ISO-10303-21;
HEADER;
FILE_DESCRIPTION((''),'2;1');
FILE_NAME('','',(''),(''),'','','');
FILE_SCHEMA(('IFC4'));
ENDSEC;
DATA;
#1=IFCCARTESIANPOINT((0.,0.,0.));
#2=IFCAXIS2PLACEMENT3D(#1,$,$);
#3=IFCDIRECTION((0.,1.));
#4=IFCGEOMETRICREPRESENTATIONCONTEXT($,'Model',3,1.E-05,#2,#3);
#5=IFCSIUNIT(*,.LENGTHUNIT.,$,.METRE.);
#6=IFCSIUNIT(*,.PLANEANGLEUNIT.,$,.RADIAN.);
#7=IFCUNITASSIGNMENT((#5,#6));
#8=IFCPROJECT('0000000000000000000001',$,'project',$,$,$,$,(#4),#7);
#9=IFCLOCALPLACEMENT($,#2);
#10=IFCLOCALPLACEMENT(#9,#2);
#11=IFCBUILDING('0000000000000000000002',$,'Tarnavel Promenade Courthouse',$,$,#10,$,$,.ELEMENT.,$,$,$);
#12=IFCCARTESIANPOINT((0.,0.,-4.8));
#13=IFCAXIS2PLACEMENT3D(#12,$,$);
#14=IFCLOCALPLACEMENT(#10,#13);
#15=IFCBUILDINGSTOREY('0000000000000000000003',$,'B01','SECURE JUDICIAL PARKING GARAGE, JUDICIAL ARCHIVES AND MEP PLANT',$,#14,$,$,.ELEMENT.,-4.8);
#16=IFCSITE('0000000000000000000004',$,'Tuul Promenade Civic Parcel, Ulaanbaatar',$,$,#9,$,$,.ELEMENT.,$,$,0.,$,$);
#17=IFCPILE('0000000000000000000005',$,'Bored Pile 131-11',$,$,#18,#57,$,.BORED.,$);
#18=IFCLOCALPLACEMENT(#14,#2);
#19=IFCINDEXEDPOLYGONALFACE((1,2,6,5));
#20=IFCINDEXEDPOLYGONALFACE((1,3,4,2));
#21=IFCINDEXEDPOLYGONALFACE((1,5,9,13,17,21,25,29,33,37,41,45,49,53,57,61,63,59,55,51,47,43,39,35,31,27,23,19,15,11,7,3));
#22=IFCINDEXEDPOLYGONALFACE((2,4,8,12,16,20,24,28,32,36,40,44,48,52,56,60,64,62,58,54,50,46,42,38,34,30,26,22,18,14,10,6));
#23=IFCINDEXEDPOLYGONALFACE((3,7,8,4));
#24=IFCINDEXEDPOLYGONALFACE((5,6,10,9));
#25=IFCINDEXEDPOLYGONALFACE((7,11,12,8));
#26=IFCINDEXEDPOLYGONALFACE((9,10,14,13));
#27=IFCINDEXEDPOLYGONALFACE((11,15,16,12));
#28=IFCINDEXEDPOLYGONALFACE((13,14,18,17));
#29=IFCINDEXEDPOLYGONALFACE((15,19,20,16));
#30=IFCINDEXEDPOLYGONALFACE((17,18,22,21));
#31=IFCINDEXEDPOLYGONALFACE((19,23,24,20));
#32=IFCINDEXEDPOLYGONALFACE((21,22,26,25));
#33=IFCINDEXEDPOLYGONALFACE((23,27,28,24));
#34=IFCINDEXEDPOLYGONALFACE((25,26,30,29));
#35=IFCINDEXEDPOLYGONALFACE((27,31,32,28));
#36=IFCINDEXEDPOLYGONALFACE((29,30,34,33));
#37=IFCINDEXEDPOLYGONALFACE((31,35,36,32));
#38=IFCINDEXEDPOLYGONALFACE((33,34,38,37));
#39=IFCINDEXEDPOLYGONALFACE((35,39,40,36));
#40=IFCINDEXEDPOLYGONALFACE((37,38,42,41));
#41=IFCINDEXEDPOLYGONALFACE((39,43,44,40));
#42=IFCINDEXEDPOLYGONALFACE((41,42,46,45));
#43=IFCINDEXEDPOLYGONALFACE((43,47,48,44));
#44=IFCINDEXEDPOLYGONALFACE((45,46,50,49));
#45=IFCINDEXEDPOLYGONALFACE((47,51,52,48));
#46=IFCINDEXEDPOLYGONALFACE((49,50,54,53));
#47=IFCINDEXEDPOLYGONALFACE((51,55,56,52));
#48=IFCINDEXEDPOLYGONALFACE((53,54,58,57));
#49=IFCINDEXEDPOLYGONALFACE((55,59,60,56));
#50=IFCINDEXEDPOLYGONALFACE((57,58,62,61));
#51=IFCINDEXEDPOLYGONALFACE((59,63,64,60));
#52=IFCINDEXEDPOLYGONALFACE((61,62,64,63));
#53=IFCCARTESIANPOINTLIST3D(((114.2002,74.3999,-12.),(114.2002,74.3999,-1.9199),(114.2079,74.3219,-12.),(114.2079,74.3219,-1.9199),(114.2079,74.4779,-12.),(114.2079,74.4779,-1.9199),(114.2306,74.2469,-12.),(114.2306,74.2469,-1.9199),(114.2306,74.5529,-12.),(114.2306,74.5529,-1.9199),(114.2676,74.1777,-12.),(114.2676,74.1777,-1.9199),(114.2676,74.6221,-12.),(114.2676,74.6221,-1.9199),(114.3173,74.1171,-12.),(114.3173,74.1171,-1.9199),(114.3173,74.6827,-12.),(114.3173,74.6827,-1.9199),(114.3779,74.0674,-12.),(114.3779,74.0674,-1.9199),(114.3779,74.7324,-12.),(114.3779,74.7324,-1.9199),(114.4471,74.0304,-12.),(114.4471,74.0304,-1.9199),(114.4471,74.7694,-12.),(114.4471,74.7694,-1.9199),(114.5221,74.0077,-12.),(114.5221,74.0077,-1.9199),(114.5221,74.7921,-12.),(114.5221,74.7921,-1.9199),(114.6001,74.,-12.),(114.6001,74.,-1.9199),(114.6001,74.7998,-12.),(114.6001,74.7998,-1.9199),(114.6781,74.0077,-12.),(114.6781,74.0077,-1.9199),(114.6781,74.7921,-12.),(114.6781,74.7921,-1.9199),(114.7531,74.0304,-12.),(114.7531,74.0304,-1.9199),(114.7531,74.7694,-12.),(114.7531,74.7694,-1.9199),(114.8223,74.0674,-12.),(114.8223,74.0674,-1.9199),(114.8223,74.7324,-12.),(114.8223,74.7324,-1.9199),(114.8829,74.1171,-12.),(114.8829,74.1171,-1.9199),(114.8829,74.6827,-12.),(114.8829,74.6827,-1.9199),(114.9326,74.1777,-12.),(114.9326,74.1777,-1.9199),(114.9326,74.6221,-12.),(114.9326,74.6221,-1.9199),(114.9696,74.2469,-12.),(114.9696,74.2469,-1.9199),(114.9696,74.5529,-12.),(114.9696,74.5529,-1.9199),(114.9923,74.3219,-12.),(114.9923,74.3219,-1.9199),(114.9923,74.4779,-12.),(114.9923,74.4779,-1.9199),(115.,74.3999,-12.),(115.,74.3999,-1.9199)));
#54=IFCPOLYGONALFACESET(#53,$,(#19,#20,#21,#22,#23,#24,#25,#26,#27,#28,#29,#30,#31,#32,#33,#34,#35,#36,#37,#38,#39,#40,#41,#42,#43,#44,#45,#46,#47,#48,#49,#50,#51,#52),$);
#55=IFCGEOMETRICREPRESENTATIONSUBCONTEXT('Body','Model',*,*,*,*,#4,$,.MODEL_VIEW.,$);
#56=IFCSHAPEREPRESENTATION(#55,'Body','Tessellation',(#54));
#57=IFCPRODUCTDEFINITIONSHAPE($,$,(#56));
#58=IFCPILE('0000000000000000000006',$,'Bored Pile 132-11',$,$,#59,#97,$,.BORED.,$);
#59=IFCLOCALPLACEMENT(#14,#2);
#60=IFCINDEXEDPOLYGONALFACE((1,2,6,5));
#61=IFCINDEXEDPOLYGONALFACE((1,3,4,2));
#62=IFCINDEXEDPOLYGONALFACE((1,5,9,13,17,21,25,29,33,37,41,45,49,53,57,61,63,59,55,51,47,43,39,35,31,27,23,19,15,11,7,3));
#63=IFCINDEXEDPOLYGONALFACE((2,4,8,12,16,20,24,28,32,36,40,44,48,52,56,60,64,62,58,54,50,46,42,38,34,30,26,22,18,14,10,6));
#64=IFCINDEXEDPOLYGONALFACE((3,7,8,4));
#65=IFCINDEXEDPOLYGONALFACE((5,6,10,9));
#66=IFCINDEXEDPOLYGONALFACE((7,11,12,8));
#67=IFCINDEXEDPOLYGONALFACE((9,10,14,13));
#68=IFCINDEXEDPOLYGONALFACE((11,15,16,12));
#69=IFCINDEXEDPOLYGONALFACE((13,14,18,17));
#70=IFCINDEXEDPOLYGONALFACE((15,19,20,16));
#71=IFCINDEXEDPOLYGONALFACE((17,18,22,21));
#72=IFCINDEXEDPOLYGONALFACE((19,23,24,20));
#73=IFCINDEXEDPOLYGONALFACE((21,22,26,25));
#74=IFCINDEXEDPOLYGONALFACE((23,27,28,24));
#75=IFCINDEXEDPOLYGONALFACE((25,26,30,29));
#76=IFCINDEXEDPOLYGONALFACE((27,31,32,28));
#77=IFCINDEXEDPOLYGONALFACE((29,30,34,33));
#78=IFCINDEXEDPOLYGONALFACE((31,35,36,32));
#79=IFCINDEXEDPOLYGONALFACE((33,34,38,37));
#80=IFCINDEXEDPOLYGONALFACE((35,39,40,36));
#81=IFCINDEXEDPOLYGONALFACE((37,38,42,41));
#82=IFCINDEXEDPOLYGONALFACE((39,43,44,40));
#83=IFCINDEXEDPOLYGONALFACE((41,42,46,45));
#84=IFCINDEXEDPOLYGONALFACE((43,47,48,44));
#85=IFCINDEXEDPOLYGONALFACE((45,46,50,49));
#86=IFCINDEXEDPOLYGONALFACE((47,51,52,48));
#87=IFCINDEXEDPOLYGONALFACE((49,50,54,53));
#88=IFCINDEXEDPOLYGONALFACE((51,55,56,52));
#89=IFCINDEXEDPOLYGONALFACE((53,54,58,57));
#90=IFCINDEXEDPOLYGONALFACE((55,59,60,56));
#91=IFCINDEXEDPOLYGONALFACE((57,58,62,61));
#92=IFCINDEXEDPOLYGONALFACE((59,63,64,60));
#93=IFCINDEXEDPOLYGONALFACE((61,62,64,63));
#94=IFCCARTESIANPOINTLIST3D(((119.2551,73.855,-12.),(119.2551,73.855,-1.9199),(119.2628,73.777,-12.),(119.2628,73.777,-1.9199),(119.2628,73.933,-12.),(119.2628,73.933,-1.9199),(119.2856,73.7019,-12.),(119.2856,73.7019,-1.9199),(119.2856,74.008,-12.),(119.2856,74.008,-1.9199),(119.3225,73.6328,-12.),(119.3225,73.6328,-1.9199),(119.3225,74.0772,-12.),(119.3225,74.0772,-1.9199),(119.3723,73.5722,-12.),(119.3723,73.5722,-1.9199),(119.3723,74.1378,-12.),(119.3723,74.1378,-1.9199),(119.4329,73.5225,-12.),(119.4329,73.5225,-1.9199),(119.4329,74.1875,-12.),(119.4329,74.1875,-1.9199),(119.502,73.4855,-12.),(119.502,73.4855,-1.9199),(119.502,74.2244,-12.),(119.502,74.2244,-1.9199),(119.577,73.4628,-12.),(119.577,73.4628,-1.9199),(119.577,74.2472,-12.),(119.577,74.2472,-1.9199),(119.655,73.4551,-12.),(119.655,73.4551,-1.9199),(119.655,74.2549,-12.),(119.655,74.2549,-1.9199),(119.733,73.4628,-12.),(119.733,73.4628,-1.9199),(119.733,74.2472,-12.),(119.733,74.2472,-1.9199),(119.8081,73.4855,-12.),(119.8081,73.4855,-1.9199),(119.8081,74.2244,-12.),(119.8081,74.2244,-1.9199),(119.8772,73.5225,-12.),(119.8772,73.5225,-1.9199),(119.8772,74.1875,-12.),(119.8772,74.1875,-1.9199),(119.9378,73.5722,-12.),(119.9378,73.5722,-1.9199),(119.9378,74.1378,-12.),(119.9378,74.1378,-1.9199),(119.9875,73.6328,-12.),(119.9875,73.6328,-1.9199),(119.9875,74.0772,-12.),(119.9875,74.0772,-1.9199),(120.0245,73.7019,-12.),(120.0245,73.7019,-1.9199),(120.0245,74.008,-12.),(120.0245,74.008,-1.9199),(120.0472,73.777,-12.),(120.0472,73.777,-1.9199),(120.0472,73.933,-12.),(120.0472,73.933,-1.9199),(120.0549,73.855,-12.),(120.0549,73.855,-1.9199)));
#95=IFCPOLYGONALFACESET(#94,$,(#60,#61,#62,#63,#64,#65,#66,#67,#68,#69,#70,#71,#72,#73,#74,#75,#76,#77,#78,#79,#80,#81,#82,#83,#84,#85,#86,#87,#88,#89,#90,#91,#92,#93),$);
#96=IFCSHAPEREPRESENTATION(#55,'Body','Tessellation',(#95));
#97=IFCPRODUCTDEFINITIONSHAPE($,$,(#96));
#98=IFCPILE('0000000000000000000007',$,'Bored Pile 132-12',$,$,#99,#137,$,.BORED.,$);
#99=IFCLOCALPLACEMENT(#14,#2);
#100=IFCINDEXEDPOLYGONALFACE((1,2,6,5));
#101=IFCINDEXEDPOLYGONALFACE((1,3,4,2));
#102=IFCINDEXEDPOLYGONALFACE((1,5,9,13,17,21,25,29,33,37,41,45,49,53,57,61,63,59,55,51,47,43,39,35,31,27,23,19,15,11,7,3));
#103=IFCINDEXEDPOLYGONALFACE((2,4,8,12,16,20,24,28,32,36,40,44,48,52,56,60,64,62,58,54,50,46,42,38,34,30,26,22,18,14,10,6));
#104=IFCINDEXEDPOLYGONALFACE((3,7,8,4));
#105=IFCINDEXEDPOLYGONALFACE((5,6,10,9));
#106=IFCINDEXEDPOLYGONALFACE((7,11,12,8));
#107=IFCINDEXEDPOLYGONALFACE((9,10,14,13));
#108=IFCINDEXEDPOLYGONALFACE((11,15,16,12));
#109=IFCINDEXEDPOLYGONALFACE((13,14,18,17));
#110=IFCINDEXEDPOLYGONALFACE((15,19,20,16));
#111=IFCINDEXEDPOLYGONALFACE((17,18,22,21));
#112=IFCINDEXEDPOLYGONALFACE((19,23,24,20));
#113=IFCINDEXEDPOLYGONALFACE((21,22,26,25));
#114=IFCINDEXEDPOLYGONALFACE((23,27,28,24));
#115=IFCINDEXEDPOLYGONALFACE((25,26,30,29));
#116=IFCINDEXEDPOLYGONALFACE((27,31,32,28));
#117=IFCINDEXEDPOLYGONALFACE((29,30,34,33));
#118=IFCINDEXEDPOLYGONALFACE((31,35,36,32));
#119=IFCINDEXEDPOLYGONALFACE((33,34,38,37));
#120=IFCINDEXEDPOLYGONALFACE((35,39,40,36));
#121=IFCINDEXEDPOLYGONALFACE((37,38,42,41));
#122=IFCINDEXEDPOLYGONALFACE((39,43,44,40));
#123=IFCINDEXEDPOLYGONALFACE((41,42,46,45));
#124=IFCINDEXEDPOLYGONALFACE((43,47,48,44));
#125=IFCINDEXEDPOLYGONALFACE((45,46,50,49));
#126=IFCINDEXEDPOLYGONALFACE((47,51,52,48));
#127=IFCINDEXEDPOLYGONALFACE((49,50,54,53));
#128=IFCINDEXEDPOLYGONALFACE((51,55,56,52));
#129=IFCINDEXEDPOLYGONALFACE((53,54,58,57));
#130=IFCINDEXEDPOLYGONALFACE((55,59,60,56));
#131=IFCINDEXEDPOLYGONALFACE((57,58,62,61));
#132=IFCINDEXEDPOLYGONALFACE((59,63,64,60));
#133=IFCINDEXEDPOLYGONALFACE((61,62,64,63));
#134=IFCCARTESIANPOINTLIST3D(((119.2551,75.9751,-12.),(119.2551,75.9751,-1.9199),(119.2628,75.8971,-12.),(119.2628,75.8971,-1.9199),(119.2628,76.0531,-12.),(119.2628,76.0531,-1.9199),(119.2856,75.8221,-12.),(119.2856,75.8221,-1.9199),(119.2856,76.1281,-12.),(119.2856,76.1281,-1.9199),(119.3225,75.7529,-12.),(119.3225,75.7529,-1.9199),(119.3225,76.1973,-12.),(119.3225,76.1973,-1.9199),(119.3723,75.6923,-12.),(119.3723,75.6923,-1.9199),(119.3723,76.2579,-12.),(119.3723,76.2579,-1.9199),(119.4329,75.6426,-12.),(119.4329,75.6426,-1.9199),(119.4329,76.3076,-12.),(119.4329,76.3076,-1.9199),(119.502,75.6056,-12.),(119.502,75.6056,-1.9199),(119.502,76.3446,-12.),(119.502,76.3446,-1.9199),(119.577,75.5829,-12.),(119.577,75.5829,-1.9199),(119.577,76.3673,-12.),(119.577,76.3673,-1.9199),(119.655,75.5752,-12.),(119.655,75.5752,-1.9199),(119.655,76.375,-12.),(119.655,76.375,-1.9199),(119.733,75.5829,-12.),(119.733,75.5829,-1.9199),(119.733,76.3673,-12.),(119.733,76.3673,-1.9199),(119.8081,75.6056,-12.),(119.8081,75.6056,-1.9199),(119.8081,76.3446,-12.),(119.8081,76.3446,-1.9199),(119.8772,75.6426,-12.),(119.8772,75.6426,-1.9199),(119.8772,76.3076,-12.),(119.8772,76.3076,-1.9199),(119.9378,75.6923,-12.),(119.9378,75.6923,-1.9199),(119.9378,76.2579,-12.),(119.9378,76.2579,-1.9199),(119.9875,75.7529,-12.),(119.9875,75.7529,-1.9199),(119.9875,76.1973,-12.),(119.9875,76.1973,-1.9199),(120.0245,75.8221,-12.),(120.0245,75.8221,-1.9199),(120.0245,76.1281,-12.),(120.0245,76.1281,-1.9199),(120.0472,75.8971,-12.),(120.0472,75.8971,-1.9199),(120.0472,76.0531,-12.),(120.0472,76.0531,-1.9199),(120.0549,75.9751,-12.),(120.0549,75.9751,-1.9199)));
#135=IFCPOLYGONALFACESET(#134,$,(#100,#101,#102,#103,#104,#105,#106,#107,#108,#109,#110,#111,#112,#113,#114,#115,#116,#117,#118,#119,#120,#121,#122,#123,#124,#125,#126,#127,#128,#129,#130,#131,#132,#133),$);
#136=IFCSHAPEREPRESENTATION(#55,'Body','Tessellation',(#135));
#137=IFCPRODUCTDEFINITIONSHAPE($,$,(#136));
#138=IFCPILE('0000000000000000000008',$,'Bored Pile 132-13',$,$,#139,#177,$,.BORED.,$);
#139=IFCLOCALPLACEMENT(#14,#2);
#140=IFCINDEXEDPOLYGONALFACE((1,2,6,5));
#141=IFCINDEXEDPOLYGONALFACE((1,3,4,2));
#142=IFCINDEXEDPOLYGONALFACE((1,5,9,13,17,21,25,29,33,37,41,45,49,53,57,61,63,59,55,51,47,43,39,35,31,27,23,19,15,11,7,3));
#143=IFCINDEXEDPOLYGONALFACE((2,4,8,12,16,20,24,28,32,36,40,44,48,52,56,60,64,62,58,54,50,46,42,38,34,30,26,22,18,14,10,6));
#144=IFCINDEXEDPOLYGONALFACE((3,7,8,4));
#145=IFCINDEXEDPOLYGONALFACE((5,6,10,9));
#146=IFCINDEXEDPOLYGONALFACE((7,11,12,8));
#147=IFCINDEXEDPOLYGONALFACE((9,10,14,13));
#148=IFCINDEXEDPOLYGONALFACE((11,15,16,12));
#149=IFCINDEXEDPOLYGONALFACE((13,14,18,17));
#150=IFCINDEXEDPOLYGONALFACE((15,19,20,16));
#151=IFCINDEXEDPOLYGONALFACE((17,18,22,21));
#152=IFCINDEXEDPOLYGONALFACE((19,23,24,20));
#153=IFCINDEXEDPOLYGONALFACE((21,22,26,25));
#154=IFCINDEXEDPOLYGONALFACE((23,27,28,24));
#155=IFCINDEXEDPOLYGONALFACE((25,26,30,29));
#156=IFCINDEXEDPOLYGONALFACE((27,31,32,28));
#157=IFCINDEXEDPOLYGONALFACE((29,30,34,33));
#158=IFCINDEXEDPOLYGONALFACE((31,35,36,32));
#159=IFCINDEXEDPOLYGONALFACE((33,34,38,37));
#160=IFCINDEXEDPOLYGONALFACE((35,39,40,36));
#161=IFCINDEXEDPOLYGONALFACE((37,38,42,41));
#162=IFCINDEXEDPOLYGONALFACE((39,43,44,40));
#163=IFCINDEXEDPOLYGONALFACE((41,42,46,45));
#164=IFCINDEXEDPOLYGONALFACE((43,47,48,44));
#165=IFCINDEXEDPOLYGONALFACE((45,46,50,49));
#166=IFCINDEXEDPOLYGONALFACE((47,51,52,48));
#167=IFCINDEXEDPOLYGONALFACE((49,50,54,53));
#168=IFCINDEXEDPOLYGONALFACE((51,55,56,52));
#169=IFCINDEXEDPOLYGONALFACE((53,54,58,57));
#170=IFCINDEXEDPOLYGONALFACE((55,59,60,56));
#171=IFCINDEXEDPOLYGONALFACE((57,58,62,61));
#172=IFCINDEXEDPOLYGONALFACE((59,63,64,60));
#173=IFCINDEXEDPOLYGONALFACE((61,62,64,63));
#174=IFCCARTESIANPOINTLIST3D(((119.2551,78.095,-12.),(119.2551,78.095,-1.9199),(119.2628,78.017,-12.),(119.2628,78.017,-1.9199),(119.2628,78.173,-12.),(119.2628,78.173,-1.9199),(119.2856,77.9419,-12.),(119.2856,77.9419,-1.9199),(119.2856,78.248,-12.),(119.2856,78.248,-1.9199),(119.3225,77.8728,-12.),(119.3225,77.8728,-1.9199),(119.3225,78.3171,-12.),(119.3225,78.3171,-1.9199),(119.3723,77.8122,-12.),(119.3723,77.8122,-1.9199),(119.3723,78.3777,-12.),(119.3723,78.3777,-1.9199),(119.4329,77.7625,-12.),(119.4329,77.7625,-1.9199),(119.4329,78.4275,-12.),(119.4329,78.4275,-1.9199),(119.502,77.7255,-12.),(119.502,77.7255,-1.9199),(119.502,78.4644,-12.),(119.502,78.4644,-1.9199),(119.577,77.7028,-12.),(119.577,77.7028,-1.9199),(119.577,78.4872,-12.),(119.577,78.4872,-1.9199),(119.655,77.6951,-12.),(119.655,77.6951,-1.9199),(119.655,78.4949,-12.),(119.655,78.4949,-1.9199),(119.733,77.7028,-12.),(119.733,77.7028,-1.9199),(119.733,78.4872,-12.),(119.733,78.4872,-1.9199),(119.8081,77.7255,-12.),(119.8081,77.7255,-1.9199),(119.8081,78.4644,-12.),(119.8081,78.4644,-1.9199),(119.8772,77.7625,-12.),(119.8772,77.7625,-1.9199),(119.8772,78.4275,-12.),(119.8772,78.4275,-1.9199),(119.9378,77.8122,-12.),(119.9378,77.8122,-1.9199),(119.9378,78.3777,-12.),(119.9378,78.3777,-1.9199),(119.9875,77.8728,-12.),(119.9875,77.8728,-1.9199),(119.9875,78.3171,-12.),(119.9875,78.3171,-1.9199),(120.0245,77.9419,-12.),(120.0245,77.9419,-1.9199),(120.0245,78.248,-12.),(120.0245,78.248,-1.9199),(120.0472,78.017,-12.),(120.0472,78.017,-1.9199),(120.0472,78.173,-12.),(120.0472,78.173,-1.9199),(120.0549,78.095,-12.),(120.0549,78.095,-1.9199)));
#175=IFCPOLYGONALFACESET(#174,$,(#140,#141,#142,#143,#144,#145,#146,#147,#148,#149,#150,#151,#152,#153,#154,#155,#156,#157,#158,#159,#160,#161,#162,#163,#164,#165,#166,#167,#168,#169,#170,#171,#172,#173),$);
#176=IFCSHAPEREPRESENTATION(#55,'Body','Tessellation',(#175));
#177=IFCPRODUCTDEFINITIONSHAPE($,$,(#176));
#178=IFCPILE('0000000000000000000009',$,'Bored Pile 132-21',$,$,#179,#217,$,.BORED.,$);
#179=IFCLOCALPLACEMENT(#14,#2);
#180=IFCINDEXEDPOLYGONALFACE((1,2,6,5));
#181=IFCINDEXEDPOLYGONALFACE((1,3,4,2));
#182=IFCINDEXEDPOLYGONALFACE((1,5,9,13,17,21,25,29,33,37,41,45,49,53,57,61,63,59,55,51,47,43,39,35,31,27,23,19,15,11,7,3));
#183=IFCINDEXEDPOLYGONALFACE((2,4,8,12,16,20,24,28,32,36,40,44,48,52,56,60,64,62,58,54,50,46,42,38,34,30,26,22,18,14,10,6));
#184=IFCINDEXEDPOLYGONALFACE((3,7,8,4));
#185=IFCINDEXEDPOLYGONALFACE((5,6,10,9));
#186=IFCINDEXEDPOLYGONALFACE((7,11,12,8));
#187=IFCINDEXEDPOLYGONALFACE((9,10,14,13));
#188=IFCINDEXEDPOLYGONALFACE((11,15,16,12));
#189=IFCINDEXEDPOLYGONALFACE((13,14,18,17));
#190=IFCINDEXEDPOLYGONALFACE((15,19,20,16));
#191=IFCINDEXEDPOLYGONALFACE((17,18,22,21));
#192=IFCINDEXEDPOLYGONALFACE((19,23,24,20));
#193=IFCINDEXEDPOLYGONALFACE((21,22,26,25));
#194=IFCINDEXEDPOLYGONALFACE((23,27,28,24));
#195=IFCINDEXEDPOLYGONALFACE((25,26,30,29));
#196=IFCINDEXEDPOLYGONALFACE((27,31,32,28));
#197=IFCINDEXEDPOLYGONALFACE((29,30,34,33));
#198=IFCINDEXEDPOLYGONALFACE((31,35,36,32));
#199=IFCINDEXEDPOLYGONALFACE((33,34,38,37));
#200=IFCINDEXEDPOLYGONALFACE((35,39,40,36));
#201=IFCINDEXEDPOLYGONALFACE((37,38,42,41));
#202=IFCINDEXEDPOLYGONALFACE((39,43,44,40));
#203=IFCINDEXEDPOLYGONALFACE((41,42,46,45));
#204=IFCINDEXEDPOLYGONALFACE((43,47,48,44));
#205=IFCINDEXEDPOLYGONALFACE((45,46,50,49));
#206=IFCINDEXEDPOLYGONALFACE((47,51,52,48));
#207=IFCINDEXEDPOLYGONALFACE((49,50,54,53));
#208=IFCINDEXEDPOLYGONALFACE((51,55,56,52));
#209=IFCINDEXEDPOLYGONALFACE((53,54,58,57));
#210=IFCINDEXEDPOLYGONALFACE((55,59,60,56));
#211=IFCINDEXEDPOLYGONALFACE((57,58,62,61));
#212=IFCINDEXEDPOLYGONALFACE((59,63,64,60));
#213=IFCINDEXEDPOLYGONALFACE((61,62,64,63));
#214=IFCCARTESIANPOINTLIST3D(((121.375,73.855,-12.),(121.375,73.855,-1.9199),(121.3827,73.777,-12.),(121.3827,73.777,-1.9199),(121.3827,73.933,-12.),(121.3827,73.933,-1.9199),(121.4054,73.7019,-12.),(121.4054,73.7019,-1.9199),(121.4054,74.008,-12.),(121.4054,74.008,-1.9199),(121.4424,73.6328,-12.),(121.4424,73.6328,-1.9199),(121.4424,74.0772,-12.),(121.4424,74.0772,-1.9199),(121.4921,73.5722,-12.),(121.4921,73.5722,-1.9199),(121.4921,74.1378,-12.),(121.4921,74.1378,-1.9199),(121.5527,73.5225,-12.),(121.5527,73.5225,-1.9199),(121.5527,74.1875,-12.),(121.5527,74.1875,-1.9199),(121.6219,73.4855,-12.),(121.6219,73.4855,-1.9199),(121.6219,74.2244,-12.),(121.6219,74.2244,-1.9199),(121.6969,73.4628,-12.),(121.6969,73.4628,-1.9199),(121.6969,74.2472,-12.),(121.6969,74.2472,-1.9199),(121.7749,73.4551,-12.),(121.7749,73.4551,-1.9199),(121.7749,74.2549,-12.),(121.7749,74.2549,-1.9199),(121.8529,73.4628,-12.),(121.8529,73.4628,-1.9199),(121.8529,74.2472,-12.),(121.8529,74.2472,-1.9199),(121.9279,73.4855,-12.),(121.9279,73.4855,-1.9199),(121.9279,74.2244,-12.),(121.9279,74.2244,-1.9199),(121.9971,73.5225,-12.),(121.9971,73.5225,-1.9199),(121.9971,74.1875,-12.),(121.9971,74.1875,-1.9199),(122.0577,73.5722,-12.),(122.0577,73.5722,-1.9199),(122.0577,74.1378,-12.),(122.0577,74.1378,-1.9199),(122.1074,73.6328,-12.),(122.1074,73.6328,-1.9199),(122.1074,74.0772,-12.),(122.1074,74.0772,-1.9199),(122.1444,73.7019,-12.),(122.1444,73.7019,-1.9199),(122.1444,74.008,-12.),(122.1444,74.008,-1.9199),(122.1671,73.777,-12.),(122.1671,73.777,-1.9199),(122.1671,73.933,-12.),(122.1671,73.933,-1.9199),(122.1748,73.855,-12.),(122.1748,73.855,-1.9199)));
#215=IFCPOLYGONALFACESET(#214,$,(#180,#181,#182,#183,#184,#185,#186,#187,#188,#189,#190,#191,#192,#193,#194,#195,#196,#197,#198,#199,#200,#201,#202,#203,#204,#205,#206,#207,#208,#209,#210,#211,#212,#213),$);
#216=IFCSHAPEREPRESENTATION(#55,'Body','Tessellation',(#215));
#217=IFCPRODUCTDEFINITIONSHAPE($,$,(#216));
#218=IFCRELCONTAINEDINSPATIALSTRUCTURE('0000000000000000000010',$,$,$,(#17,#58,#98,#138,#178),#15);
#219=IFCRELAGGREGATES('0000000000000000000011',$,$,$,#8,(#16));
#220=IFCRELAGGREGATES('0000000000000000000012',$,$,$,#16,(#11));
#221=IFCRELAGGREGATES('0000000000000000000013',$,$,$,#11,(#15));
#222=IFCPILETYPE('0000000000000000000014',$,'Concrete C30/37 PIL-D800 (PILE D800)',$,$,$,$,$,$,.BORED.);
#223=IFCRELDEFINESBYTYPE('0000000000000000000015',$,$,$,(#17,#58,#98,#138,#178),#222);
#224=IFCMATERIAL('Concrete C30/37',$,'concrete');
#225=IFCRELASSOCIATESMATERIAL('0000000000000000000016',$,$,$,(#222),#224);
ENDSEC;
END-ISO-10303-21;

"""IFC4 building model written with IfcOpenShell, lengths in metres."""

from ifc_helpers import new_model, si_unit, direction, frame, origin, origin_2d, place, context, subcontext, project, spatial, circle, extrude, material, material_profile, profile_set, type_object, element, save


model = new_model("IFC4")

# Units and contexts
model_context = context("Model", 3, precision=1e-05, world=origin(), true_north=direction((0.0, 1.0)))
body_context = subcontext(model_context, "Body", "Model", "MODEL_VIEW")
ifc_project = project(units=[si_unit("LENGTHUNIT", "METRE"), si_unit("PLANEANGLEUNIT", "RADIAN")], contexts=[model_context])

# Site, building, storey
site_placement = place(None, origin())
site = spatial("IfcSite", under=ifc_project, at=site_placement, Name="Tuul Promenade Civic Parcel, Ulaanbaatar", CompositionType="ELEMENT", RefElevation=0.0)
building_placement = place(site_placement, origin())
building = spatial("IfcBuilding", under=site, at=building_placement, Name="Tarnavel Promenade Courthouse", CompositionType="ELEMENT")
storey_placement = place(building_placement, frame((0.0, 0.0, -4.8)))
storey = spatial("IfcBuildingStorey", under=building, at=storey_placement, Name="B01", Description="SECURE JUDICIAL PARKING GARAGE, JUDICIAL ARCHIVES AND MEP PLANT", CompositionType="ELEMENT", Elevation=-4.8)

# Piles
ifc_material_1 = material(Name="Concrete C30/37", Category="concrete")
ifc_material_profile_1 = material_profile(ifc_material_1, circle(Radius=0.3999, at=origin_2d()), Name="PILE D800")
ifc_profile_set_1 = profile_set([ifc_material_profile_1], Name="Concrete C30/37")
pile_type = type_object("IfcPileType", Name="Concrete C30/37 PIL-D800 (PILE D800)", PredefinedType="BORED", material=ifc_profile_set_1)
for number, where, z_axis, x_axis, name in (
    (1, (114.6001, 74.3999, -1.9199), (0.0, 0.0, -1.0), (1.0, 0.0, 0.0), "Bored Pile 131-11"),
    (2, (119.655, 73.855, -1.9199), (0.0, 0.0, -1.0), (1.0, 0.0, 0.0), "Bored Pile 132-11"),
    (3, (119.655, 75.9751, -1.9199), (0.0, 0.0, -1.0), (1.0, 0.0, 0.0), "Bored Pile 132-12"),
    (4, (119.655, 78.095, -1.9199), (0.0, 0.0, -1.0), (1.0, 0.0, 0.0), "Bored Pile 132-13"),
    (5, (121.7749, 73.855, -1.9199), (0.0, 0.0, -1.0), (1.0, 0.0, 0.0), "Bored Pile 132-21"),
):
    element("IfcPile", number, at=place(storey_placement, frame(where, z_axis=z_axis, x_axis=x_axis)), inside=storey, type_object=pile_type, Name=name, PredefinedType="BORED", context=body_context, shape_type="SweptSolid", body=[
        extrude(circle(Radius=0.3999, at=origin_2d()), origin(), (0.0, 0.0, 1.0), 10.0801),
    ])

save(model, "model.ifc")
